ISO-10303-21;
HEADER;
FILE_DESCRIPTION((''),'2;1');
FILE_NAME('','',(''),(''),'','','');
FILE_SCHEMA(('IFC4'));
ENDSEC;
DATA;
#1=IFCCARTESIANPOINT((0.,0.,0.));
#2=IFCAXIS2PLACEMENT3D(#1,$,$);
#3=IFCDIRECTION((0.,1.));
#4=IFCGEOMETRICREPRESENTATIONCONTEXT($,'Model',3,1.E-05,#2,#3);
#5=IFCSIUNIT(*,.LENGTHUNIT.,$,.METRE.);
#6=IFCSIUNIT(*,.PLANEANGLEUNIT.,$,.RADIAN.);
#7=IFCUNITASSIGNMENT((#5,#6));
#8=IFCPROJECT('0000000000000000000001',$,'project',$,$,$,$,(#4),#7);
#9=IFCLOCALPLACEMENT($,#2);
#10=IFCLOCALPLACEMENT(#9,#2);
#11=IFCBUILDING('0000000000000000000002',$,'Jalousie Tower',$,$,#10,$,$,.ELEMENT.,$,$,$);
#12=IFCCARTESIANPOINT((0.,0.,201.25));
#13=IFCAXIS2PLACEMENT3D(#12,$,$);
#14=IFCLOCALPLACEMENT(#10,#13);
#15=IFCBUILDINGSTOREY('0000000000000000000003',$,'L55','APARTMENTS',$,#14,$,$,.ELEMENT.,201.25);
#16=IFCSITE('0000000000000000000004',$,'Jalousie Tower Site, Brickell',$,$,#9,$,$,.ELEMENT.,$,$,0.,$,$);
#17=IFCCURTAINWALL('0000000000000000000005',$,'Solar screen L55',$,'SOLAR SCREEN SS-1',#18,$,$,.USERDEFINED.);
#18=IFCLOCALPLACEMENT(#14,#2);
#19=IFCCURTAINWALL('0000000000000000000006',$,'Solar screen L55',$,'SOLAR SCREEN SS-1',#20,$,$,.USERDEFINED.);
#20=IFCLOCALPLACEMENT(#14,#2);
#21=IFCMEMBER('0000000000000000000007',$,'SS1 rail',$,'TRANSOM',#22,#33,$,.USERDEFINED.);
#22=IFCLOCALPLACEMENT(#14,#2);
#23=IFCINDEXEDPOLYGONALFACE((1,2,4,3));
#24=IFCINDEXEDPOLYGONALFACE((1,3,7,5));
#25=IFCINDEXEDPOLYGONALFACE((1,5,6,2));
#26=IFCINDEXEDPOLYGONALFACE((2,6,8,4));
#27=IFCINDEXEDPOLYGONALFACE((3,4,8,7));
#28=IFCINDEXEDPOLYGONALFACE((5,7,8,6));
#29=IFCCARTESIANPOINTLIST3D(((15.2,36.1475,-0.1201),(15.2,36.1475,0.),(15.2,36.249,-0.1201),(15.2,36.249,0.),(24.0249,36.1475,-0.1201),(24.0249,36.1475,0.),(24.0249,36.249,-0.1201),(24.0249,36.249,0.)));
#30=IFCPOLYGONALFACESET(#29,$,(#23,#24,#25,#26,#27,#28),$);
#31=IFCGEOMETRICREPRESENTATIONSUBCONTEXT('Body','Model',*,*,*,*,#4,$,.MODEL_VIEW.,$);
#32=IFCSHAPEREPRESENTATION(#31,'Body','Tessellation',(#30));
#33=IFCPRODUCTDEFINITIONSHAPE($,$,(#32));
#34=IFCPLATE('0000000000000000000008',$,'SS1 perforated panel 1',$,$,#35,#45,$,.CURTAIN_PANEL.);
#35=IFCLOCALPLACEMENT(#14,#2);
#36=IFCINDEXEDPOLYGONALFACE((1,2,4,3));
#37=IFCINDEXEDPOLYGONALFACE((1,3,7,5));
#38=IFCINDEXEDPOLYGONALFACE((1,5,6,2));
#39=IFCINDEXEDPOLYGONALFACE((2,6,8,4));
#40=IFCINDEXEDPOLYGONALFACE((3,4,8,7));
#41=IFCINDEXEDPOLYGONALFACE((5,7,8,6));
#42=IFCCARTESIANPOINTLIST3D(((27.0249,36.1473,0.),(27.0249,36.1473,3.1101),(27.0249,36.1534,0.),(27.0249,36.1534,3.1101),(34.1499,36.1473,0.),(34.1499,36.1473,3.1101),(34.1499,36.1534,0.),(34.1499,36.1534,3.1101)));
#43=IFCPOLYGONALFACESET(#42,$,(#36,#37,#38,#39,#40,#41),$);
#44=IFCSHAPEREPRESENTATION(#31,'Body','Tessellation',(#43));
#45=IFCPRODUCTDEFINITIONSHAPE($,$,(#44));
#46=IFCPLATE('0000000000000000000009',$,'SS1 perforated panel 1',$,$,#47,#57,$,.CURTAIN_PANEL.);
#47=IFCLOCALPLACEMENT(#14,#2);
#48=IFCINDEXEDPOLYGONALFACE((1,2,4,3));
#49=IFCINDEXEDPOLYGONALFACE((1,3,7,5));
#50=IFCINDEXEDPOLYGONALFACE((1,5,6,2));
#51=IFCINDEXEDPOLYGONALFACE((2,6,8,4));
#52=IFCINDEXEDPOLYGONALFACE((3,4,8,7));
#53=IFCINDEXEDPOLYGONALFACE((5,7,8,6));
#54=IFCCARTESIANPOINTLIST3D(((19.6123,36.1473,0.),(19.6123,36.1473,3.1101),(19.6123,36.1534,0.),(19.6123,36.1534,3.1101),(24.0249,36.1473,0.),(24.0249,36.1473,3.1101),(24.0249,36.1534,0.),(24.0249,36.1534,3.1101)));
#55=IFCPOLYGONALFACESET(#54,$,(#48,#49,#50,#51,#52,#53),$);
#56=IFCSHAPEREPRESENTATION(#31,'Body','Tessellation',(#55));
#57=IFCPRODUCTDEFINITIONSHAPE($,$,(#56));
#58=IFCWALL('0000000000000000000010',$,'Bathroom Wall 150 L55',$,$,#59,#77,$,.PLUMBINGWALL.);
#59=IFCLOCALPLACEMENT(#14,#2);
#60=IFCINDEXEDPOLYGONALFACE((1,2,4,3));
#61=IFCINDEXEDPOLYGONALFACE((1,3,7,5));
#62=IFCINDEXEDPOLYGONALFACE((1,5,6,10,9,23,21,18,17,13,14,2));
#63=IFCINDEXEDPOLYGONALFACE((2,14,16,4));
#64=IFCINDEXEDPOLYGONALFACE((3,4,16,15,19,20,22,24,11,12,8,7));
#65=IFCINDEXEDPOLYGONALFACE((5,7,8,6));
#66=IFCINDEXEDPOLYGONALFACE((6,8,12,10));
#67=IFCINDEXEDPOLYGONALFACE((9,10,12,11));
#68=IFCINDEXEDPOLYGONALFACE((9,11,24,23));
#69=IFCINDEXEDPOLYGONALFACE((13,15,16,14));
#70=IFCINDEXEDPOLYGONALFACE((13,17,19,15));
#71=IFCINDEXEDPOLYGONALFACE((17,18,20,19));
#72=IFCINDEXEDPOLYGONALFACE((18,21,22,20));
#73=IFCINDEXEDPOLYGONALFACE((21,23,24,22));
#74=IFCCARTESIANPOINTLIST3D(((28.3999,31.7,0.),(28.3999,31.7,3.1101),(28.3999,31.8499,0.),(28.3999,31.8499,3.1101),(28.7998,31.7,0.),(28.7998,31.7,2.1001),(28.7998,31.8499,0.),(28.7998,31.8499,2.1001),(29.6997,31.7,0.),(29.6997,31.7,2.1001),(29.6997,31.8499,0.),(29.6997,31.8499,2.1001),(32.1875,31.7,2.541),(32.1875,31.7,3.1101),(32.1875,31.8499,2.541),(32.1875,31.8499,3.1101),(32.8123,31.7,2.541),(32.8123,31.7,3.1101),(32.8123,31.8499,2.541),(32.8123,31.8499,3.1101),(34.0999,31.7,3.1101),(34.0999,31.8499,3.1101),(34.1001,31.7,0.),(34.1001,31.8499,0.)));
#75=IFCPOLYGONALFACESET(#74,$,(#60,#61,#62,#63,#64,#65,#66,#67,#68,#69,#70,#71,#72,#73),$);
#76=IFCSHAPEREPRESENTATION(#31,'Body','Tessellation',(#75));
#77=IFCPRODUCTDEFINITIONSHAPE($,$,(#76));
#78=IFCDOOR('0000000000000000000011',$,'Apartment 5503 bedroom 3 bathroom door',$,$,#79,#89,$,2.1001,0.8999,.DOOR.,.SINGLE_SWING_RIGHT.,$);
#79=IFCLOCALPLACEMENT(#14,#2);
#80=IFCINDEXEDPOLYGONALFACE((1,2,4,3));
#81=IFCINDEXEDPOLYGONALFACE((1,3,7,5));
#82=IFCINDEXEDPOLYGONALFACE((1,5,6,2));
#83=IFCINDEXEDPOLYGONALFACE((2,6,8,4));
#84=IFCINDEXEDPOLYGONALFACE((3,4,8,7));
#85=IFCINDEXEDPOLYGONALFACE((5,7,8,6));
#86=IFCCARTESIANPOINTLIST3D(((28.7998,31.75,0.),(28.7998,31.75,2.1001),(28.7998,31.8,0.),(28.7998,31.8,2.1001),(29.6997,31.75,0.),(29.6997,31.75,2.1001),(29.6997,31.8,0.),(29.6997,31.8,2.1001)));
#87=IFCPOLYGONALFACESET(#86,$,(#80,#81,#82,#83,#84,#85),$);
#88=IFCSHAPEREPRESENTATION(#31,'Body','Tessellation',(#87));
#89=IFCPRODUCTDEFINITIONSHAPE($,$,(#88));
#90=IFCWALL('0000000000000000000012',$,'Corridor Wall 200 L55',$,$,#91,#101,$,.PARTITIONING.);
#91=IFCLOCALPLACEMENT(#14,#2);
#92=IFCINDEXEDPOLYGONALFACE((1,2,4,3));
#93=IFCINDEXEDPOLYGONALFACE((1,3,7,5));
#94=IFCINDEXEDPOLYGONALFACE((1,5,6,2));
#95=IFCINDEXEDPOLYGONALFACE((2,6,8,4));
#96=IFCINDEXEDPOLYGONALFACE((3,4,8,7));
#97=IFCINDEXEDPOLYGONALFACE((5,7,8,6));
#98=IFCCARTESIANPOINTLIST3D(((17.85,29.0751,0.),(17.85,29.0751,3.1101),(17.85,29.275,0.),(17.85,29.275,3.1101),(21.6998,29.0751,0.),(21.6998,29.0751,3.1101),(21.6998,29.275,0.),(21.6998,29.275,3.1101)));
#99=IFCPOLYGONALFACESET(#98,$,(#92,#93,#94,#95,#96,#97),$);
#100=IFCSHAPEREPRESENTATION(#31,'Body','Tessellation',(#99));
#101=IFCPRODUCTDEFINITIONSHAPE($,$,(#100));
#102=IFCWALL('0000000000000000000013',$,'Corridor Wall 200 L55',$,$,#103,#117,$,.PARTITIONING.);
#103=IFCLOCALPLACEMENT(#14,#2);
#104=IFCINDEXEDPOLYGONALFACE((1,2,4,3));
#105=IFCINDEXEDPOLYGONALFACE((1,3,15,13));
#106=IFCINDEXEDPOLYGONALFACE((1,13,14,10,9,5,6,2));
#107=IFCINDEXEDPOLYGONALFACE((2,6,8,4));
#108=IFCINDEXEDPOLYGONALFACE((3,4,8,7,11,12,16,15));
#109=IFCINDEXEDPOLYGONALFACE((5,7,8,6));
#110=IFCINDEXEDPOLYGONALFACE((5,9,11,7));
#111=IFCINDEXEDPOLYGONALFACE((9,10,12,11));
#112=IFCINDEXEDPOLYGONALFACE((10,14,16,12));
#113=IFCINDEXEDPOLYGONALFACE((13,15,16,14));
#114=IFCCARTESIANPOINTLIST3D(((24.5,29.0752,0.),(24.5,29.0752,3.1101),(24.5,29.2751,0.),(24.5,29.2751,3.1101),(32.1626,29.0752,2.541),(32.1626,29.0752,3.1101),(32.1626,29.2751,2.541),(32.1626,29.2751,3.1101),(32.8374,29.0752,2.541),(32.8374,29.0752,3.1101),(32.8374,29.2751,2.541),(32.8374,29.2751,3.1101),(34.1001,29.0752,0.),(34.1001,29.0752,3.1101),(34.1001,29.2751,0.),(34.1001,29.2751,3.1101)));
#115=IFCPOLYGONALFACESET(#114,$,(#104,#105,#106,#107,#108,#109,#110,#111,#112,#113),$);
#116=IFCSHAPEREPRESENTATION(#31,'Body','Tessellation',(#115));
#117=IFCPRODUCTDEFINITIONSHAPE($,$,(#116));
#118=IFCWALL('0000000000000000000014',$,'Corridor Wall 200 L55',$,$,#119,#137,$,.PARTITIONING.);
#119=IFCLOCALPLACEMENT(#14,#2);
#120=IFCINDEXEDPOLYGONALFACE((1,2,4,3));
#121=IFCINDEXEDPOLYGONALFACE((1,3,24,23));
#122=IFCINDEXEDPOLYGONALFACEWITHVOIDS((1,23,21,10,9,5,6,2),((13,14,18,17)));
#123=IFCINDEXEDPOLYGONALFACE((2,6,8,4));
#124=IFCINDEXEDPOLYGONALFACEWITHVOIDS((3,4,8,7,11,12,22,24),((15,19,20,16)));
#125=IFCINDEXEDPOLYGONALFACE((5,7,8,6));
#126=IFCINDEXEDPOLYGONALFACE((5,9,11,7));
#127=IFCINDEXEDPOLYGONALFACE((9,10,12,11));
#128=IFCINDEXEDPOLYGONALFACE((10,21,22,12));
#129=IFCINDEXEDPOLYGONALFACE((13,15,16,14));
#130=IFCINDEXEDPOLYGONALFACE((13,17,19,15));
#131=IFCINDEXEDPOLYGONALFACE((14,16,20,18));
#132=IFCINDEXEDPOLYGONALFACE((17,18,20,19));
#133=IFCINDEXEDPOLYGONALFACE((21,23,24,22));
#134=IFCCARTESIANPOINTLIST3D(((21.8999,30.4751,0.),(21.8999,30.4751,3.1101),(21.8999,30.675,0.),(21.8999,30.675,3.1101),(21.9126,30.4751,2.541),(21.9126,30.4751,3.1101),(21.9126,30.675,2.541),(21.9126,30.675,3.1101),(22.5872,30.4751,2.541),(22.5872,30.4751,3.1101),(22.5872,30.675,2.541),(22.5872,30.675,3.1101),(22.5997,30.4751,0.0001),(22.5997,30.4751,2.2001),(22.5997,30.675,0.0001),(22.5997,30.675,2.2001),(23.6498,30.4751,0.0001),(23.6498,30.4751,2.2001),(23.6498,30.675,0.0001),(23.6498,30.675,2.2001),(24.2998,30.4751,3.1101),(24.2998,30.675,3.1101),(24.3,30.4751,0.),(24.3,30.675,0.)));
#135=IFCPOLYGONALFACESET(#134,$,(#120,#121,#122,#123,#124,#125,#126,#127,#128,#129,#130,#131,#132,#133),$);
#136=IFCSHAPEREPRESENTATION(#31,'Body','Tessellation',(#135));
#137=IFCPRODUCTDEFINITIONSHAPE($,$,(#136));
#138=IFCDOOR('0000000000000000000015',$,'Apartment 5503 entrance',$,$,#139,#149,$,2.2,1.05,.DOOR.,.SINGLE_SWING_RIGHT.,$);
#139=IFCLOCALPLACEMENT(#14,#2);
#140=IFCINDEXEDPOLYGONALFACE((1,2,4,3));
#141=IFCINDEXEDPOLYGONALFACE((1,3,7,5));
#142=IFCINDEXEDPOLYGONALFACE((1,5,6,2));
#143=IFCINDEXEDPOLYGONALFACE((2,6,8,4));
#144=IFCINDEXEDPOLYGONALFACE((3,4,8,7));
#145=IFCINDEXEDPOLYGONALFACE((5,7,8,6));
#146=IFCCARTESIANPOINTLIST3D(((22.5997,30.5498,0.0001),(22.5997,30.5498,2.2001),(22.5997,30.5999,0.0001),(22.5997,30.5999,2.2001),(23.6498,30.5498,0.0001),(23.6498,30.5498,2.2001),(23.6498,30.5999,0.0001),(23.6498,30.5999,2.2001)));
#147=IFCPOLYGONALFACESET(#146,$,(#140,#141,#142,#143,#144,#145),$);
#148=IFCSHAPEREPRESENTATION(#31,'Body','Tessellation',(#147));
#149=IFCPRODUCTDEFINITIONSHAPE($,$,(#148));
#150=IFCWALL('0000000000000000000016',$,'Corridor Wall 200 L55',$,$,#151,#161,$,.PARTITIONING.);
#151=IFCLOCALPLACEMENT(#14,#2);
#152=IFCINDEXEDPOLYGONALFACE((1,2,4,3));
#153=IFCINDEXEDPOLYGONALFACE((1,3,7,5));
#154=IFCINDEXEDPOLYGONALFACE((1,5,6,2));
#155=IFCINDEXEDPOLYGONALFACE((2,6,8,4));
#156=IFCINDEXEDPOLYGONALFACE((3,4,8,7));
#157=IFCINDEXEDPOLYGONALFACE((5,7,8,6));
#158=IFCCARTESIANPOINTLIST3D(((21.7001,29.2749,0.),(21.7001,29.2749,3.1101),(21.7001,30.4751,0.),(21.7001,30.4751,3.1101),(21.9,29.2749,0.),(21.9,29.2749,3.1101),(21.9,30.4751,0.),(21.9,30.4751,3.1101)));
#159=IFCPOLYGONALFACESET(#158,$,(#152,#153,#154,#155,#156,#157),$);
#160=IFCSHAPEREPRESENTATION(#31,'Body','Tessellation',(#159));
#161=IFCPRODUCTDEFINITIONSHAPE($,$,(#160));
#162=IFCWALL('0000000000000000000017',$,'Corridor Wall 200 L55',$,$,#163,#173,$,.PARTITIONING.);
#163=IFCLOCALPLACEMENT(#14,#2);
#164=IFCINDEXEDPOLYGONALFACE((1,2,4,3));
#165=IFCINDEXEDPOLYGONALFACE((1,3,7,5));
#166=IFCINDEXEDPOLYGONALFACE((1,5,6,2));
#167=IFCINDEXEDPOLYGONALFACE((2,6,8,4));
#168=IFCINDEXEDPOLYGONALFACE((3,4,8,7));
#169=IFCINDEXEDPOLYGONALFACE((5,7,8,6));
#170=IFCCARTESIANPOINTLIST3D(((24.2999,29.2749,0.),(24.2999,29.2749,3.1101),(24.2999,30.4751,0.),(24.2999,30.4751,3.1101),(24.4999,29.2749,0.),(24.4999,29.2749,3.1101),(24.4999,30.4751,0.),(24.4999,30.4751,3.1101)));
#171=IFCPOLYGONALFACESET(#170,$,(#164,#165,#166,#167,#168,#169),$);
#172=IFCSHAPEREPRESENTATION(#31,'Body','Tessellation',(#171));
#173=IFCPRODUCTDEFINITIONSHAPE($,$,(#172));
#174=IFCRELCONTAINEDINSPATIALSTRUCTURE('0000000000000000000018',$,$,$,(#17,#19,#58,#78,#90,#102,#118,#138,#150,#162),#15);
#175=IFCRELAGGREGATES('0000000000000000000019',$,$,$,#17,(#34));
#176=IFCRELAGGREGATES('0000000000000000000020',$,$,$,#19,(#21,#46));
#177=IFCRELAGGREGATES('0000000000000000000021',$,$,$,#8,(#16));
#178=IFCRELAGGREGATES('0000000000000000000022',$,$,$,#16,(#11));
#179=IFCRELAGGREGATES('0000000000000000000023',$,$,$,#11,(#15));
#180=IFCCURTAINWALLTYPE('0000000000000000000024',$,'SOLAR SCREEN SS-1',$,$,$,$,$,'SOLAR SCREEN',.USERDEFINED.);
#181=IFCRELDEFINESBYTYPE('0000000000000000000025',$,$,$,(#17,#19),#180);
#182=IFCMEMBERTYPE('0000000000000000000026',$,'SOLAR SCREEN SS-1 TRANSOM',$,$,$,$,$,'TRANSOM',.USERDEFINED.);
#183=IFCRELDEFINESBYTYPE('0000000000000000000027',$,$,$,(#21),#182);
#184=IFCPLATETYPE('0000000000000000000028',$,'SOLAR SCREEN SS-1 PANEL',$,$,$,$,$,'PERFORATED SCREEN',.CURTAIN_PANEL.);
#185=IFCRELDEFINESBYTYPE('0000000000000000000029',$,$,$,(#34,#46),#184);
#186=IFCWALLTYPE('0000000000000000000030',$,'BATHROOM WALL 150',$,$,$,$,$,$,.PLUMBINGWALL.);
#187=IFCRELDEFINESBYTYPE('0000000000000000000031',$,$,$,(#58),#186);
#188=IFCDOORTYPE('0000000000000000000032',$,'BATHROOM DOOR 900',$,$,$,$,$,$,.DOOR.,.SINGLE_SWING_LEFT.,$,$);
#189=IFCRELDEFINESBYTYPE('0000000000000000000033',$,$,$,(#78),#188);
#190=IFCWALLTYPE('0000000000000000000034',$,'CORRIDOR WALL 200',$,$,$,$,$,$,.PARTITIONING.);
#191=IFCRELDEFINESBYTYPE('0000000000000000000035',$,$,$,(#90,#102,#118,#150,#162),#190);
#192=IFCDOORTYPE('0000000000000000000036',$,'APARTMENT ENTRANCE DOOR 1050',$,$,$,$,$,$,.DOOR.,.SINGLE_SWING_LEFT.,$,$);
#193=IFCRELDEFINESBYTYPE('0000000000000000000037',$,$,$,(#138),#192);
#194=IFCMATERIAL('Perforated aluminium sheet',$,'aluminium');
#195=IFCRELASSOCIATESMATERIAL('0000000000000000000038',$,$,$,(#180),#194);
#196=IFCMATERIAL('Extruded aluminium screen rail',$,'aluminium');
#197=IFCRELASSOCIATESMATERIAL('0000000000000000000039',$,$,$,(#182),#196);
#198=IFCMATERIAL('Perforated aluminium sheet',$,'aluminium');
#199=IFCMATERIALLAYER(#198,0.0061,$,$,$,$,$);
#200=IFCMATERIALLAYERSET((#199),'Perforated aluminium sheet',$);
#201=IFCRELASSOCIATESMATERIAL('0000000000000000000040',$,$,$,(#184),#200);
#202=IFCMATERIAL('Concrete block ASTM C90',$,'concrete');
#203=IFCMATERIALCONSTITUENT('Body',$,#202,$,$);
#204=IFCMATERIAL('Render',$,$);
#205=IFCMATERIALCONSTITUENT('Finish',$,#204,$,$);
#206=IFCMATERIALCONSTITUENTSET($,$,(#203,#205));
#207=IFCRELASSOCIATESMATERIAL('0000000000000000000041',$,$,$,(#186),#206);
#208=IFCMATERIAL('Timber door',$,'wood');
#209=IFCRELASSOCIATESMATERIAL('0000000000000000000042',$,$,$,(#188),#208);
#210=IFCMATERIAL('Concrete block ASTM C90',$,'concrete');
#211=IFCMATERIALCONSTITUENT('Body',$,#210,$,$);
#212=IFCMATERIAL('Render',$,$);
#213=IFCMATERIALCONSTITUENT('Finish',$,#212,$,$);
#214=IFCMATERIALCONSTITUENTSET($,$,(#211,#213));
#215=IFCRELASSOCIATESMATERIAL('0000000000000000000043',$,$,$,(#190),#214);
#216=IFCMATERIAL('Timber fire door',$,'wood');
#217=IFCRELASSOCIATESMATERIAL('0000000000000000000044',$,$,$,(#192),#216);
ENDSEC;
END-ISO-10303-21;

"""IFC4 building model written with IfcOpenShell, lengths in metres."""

from ifc_helpers import new_model, si_unit, direction, frame, frame_2d, origin, origin_2d, place, context, subcontext, project, spatial, polyline, rectangle, outline, extrude, material, layer, layer_set, constituent, constituent_set, material_profile, profile_set, type_object, element, fill, aggregate, save


model = new_model("IFC4")

# Units and contexts
model_context = context("Model", 3, precision=1e-05, world=origin(), true_north=direction((0.0, 1.0)))
body_context = subcontext(model_context, "Body", "Model", "MODEL_VIEW")
ifc_project = project(units=[si_unit("LENGTHUNIT", "METRE"), si_unit("PLANEANGLEUNIT", "RADIAN")], contexts=[model_context])

# Site, building, storey
site_placement = place(None, origin())
site = spatial("IfcSite", under=ifc_project, at=site_placement, Name="Jalousie Tower Site, Brickell", CompositionType="ELEMENT", RefElevation=0.0)
building_placement = place(site_placement, origin())
building = spatial("IfcBuilding", under=site, at=building_placement, Name="Jalousie Tower", CompositionType="ELEMENT")
storey_placement = place(building_placement, frame((0.0, 0.0, 201.25)))
storey = spatial("IfcBuildingStorey", under=building, at=storey_placement, Name="L55", Description="APARTMENTS", CompositionType="ELEMENT", Elevation=201.25)

# Curtain wall
ifc_material_1 = material(Name="Perforated aluminium sheet", Category="aluminium")
curtain_wall_type = type_object("IfcCurtainWallType", Name="SOLAR SCREEN SS-1", ElementType="SOLAR SCREEN", PredefinedType="USERDEFINED", material=ifc_material_1)
curtain_wall_1_placement = place(storey_placement, origin())
curtain_wall_1 = element("IfcCurtainWall", 1, at=curtain_wall_1_placement, inside=storey, type_object=curtain_wall_type, Name="Solar screen L55", ObjectType="SOLAR SCREEN SS-1", PredefinedType="USERDEFINED")

# Curtain wall, member
curtain_wall_2_placement = place(storey_placement, origin())
curtain_wall_2 = element("IfcCurtainWall", 2, at=curtain_wall_2_placement, inside=storey, type_object=curtain_wall_type, Name="Solar screen L55", ObjectType="SOLAR SCREEN SS-1", PredefinedType="USERDEFINED")
ifc_material_2 = material(Name="Extruded aluminium screen rail", Category="aluminium")
ifc_material_profile_1 = material_profile(ifc_material_2, rectangle(XDim=0.1016, YDim=0.1201, at=origin_2d()), Name="RAIL 102x120")
ifc_profile_set_1 = profile_set([ifc_material_profile_1], Name="Extruded aluminium screen rail")
member_type_1 = type_object("IfcMemberType", Name="SOLAR SCREEN SS-1 TRANSOM", ElementType="TRANSOM", PredefinedType="USERDEFINED", material=ifc_profile_set_1)
member_1_placement = place(storey_placement, frame((24.0249, 36.1982, -0.0601), z_axis=(-1.0, 0.0, 0.0), x_axis=(0.0, -1.0, 0.0)))
member_1 = element("IfcMember", 3, at=member_1_placement, type_object=member_type_1, Name="SS1 rail", ObjectType="TRANSOM", PredefinedType="USERDEFINED", context=body_context, shape_type="SweptSolid", body=[
    extrude(rectangle(XDim=0.1016, YDim=0.1201, at=origin_2d()), origin(), (0.0, 0.0, 1.0), 8.825),
])

# Plates
ifc_material_3 = material(Name="Perforated aluminium sheet", Category="aluminium")
ifc_layer = layer(ifc_material_3, 0.0061)
ifc_layer_set = layer_set([ifc_layer], Name="Perforated aluminium sheet")
plate_type = type_object("IfcPlateType", Name="SOLAR SCREEN SS-1 PANEL", ElementType="PERFORATED SCREEN", PredefinedType="CURTAIN_PANEL", material=ifc_layer_set)
plate_1_placement = place(storey_placement, frame((30.5874, 36.1504, 0.0), z_axis=(0.0, 0.0, 1.0), x_axis=(-1.0, 0.0, 0.0)))
plate_1 = element("IfcPlate", 4, at=plate_1_placement, type_object=plate_type, Name="SS1 perforated panel 1", PredefinedType="CURTAIN_PANEL", context=body_context, shape_type="SweptSolid", body=[
    extrude(rectangle(XDim=7.125, YDim=0.0061, at=origin_2d()), origin(), (0.0, 0.0, 1.0), 3.1101),
])
aggregate(curtain_wall_1, [plate_1])
plate_2_placement = place(storey_placement, frame((21.8186, 36.1504, 0.0), z_axis=(0.0, 0.0, 1.0), x_axis=(-1.0, 0.0, 0.0)))
plate_2 = element("IfcPlate", 5, at=plate_2_placement, type_object=plate_type, Name="SS1 perforated panel 1", PredefinedType="CURTAIN_PANEL", context=body_context, shape_type="SweptSolid", body=[
    extrude(rectangle(XDim=4.4126, YDim=0.0061, at=origin_2d()), origin(), (0.0, 0.0, 1.0), 3.1101),
])
aggregate(curtain_wall_2, [member_1, plate_2])

# Wall, opening, door
ifc_material_4 = material(Name="Concrete block ASTM C90", Category="concrete")
ifc_constituent_1 = constituent(ifc_material_4, Name="Body")
ifc_material_5 = material(Name="Render")
ifc_constituent_2 = constituent(ifc_material_5, Name="Finish")
ifc_constituent_set_1 = constituent_set(constituents=[ifc_constituent_1, ifc_constituent_2])
wall_type_1 = type_object("IfcWallType", Name="BATHROOM WALL 150", PredefinedType="PLUMBINGWALL", material=ifc_constituent_set_1)
wall_1_placement = place(storey_placement, frame((28.3999, 31.7749, 0.0), z_axis=(0.0, 0.0, 1.0), x_axis=(1.0, 0.0, 0.0)))
wall_1 = element("IfcWall", 6, at=wall_1_placement, inside=storey, type_object=wall_type_1, Name="Bathroom Wall 150 L55", PredefinedType="PLUMBINGWALL", context=body_context, shape_type="SweptSolid", body=[
    extrude(outline(polyline([(0.0, 0.0), (5.7002, 0.0), (5.7, 3.1101), (4.4124, 3.1101), (4.4124, 2.541), (3.7876, 2.541), (3.7876, 3.1101), (0.0, 3.1101), (0.0, 0.0)])), frame((0.0, 0.075, 0.0), z_axis=(0.0, -1.0, 0.0), x_axis=(1.0, 0.0, 0.0)), (0.0, 0.0, 1.0), 0.1499),
])
opening_1_placement = place(wall_1_placement, frame((0.3999, 0.0, 0.0)))
opening_1 = element("IfcOpeningElement", 7, at=opening_1_placement, cuts=wall_1, PredefinedType="OPENING", context=body_context, shape_type="SweptSolid", body=[
    extrude(rectangle(XDim=0.8999, YDim=2.1001, at=frame_2d((0.45, 1.05))), frame((0.0, 0.085, 0.0), z_axis=(0.0, -1.0, 0.0), x_axis=(1.0, 0.0, 0.0)), (0.0, 0.0, 1.0), 0.1699),
])
ifc_material_6 = material(Name="Timber door", Category="wood")
door_type_1 = type_object("IfcDoorType", Name="BATHROOM DOOR 900", OperationType="SINGLE_SWING_LEFT", PredefinedType="DOOR", material=ifc_material_6)
door_1_placement = place(opening_1_placement, frame((0.8999, 0.0, 0.0), z_axis=(0.0, 0.0, 1.0), x_axis=(-1.0, 0.0, 0.0)))
door_1 = element("IfcDoor", 8, at=door_1_placement, inside=storey, type_object=door_type_1, Name="Apartment 5503 bedroom 3 bathroom door", OperationType="SINGLE_SWING_RIGHT", OverallHeight=2.1001, OverallWidth=0.8999, PredefinedType="DOOR", context=body_context, shape_type="SweptSolid", body=[
    extrude(rectangle(XDim=0.8999, YDim=2.1001, at=frame_2d((0.45, 1.05))), frame((0.0, 0.0249, 0.0), z_axis=(0.0, -1.0, 0.0), x_axis=(1.0, 0.0, 0.0)), (0.0, 0.0, 1.0), 0.05),
])
fill(opening_1, door_1)

# Walls
ifc_material_7 = material(Name="Concrete block ASTM C90", Category="concrete")
ifc_constituent_3 = constituent(ifc_material_7, Name="Body")
ifc_material_8 = material(Name="Render")
ifc_constituent_4 = constituent(ifc_material_8, Name="Finish")
ifc_constituent_set_2 = constituent_set(constituents=[ifc_constituent_3, ifc_constituent_4])
wall_type_2 = type_object("IfcWallType", Name="CORRIDOR WALL 200", PredefinedType="PARTITIONING", material=ifc_constituent_set_2)
wall_2_placement = place(storey_placement, frame((17.8501, 29.175, 0.0), z_axis=(0.0, 0.0, 1.0), x_axis=(1.0, 0.0, 0.0)))
element("IfcWall", 9, at=wall_2_placement, inside=storey, type_object=wall_type_2, Name="Corridor Wall 200 L55", PredefinedType="PARTITIONING", context=body_context, shape_type="SweptSolid", body=[
    extrude(rectangle(XDim=3.8499, YDim=0.2, at=frame_2d((1.9248, 0.0))), origin(), (0.0, 0.0, 1.0), 3.1101),
])
wall_3_placement = place(storey_placement, frame((24.5, 29.175, 0.0), z_axis=(0.0, 0.0, 1.0), x_axis=(1.0, 0.0, 0.0)))
element("IfcWall", 10, at=wall_3_placement, inside=storey, type_object=wall_type_2, Name="Corridor Wall 200 L55", PredefinedType="PARTITIONING", context=body_context, shape_type="SweptSolid", body=[
    extrude(outline(polyline([(0.0, 0.0), (9.6001, 0.0), (9.6001, 3.1101), (8.3374, 3.1101), (8.3374, 2.541), (7.6626, 2.541), (7.6626, 3.1101), (0.0, 3.1101), (0.0, 0.0)])), frame((0.0, 0.1001, 0.0), z_axis=(0.0, -1.0, 0.0), x_axis=(1.0, 0.0, 0.0)), (0.0, 0.0, 1.0), 0.2),
])

# Wall, opening, door
wall_4_placement = place(storey_placement, frame((21.8999, 30.575, 0.0), z_axis=(0.0, 0.0, 1.0), x_axis=(1.0, 0.0, 0.0)))
wall_4 = element("IfcWall", 11, at=wall_4_placement, inside=storey, type_object=wall_type_2, Name="Corridor Wall 200 L55", PredefinedType="PARTITIONING", context=body_context, shape_type="SweptSolid", body=[
    extrude(outline(polyline([(0.0, 0.0), (2.4001, 0.0), (2.3999, 3.1101), (0.6873, 3.1101), (0.6873, 2.541), (0.0127, 2.541), (0.0127, 3.1101), (0.0, 3.1101), (0.0, 0.0)])), frame((0.0, 0.1001, 0.0), z_axis=(0.0, -1.0, 0.0), x_axis=(1.0, 0.0, 0.0)), (0.0, 0.0, 1.0), 0.2),
])
opening_2_placement = place(wall_4_placement, frame((0.7, 0.0, 0.0)))
opening_2 = element("IfcOpeningElement", 12, at=opening_2_placement, cuts=wall_4, PredefinedType="OPENING", context=body_context, shape_type="SweptSolid", body=[
    extrude(rectangle(XDim=1.05, YDim=2.2, at=frame_2d((0.5249, 1.1001))), frame((0.0, 0.1099, 0.0), z_axis=(0.0, -1.0, 0.0), x_axis=(1.0, 0.0, 0.0)), (0.0, 0.0, 1.0), 0.22),
])
ifc_material_9 = material(Name="Timber fire door", Category="wood")
door_type_2 = type_object("IfcDoorType", Name="APARTMENT ENTRANCE DOOR 1050", OperationType="SINGLE_SWING_LEFT", PredefinedType="DOOR", material=ifc_material_9)
door_2_placement = place(opening_2_placement, origin())
door_2 = element("IfcDoor", 13, at=door_2_placement, inside=storey, type_object=door_type_2, Name="Apartment 5503 entrance", OperationType="SINGLE_SWING_RIGHT", OverallHeight=2.2, OverallWidth=1.05, PredefinedType="DOOR", context=body_context, shape_type="SweptSolid", body=[
    extrude(rectangle(XDim=1.05, YDim=2.2, at=frame_2d((0.5249, 1.1001))), frame((0.0, 0.0249, 0.0), z_axis=(0.0, -1.0, 0.0), x_axis=(1.0, 0.0, 0.0)), (0.0, 0.0, 1.0), 0.05),
])
fill(opening_2, door_2)

# Walls
for number, where, z_axis, x_axis, name in (
    (14, (21.8, 29.2749, 0.0), (0.0, 0.0, 1.0), (0.0, 1.0, 0.0), "Corridor Wall 200 L55"),
    (15, (24.3999, 29.2749, 0.0), (0.0, 0.0, 1.0), (0.0, 1.0, 0.0), "Corridor Wall 200 L55"),
):
    element("IfcWall", number, at=place(storey_placement, frame(where, z_axis=z_axis, x_axis=x_axis)), inside=storey, type_object=wall_type_2, Name=name, PredefinedType="PARTITIONING", context=body_context, shape_type="SweptSolid", body=[
        extrude(rectangle(XDim=1.2002, YDim=0.2, at=frame_2d((0.6001, 0.0))), origin(), (0.0, 0.0, 1.0), 3.1101),
    ])

save(model, "model.ifc")
